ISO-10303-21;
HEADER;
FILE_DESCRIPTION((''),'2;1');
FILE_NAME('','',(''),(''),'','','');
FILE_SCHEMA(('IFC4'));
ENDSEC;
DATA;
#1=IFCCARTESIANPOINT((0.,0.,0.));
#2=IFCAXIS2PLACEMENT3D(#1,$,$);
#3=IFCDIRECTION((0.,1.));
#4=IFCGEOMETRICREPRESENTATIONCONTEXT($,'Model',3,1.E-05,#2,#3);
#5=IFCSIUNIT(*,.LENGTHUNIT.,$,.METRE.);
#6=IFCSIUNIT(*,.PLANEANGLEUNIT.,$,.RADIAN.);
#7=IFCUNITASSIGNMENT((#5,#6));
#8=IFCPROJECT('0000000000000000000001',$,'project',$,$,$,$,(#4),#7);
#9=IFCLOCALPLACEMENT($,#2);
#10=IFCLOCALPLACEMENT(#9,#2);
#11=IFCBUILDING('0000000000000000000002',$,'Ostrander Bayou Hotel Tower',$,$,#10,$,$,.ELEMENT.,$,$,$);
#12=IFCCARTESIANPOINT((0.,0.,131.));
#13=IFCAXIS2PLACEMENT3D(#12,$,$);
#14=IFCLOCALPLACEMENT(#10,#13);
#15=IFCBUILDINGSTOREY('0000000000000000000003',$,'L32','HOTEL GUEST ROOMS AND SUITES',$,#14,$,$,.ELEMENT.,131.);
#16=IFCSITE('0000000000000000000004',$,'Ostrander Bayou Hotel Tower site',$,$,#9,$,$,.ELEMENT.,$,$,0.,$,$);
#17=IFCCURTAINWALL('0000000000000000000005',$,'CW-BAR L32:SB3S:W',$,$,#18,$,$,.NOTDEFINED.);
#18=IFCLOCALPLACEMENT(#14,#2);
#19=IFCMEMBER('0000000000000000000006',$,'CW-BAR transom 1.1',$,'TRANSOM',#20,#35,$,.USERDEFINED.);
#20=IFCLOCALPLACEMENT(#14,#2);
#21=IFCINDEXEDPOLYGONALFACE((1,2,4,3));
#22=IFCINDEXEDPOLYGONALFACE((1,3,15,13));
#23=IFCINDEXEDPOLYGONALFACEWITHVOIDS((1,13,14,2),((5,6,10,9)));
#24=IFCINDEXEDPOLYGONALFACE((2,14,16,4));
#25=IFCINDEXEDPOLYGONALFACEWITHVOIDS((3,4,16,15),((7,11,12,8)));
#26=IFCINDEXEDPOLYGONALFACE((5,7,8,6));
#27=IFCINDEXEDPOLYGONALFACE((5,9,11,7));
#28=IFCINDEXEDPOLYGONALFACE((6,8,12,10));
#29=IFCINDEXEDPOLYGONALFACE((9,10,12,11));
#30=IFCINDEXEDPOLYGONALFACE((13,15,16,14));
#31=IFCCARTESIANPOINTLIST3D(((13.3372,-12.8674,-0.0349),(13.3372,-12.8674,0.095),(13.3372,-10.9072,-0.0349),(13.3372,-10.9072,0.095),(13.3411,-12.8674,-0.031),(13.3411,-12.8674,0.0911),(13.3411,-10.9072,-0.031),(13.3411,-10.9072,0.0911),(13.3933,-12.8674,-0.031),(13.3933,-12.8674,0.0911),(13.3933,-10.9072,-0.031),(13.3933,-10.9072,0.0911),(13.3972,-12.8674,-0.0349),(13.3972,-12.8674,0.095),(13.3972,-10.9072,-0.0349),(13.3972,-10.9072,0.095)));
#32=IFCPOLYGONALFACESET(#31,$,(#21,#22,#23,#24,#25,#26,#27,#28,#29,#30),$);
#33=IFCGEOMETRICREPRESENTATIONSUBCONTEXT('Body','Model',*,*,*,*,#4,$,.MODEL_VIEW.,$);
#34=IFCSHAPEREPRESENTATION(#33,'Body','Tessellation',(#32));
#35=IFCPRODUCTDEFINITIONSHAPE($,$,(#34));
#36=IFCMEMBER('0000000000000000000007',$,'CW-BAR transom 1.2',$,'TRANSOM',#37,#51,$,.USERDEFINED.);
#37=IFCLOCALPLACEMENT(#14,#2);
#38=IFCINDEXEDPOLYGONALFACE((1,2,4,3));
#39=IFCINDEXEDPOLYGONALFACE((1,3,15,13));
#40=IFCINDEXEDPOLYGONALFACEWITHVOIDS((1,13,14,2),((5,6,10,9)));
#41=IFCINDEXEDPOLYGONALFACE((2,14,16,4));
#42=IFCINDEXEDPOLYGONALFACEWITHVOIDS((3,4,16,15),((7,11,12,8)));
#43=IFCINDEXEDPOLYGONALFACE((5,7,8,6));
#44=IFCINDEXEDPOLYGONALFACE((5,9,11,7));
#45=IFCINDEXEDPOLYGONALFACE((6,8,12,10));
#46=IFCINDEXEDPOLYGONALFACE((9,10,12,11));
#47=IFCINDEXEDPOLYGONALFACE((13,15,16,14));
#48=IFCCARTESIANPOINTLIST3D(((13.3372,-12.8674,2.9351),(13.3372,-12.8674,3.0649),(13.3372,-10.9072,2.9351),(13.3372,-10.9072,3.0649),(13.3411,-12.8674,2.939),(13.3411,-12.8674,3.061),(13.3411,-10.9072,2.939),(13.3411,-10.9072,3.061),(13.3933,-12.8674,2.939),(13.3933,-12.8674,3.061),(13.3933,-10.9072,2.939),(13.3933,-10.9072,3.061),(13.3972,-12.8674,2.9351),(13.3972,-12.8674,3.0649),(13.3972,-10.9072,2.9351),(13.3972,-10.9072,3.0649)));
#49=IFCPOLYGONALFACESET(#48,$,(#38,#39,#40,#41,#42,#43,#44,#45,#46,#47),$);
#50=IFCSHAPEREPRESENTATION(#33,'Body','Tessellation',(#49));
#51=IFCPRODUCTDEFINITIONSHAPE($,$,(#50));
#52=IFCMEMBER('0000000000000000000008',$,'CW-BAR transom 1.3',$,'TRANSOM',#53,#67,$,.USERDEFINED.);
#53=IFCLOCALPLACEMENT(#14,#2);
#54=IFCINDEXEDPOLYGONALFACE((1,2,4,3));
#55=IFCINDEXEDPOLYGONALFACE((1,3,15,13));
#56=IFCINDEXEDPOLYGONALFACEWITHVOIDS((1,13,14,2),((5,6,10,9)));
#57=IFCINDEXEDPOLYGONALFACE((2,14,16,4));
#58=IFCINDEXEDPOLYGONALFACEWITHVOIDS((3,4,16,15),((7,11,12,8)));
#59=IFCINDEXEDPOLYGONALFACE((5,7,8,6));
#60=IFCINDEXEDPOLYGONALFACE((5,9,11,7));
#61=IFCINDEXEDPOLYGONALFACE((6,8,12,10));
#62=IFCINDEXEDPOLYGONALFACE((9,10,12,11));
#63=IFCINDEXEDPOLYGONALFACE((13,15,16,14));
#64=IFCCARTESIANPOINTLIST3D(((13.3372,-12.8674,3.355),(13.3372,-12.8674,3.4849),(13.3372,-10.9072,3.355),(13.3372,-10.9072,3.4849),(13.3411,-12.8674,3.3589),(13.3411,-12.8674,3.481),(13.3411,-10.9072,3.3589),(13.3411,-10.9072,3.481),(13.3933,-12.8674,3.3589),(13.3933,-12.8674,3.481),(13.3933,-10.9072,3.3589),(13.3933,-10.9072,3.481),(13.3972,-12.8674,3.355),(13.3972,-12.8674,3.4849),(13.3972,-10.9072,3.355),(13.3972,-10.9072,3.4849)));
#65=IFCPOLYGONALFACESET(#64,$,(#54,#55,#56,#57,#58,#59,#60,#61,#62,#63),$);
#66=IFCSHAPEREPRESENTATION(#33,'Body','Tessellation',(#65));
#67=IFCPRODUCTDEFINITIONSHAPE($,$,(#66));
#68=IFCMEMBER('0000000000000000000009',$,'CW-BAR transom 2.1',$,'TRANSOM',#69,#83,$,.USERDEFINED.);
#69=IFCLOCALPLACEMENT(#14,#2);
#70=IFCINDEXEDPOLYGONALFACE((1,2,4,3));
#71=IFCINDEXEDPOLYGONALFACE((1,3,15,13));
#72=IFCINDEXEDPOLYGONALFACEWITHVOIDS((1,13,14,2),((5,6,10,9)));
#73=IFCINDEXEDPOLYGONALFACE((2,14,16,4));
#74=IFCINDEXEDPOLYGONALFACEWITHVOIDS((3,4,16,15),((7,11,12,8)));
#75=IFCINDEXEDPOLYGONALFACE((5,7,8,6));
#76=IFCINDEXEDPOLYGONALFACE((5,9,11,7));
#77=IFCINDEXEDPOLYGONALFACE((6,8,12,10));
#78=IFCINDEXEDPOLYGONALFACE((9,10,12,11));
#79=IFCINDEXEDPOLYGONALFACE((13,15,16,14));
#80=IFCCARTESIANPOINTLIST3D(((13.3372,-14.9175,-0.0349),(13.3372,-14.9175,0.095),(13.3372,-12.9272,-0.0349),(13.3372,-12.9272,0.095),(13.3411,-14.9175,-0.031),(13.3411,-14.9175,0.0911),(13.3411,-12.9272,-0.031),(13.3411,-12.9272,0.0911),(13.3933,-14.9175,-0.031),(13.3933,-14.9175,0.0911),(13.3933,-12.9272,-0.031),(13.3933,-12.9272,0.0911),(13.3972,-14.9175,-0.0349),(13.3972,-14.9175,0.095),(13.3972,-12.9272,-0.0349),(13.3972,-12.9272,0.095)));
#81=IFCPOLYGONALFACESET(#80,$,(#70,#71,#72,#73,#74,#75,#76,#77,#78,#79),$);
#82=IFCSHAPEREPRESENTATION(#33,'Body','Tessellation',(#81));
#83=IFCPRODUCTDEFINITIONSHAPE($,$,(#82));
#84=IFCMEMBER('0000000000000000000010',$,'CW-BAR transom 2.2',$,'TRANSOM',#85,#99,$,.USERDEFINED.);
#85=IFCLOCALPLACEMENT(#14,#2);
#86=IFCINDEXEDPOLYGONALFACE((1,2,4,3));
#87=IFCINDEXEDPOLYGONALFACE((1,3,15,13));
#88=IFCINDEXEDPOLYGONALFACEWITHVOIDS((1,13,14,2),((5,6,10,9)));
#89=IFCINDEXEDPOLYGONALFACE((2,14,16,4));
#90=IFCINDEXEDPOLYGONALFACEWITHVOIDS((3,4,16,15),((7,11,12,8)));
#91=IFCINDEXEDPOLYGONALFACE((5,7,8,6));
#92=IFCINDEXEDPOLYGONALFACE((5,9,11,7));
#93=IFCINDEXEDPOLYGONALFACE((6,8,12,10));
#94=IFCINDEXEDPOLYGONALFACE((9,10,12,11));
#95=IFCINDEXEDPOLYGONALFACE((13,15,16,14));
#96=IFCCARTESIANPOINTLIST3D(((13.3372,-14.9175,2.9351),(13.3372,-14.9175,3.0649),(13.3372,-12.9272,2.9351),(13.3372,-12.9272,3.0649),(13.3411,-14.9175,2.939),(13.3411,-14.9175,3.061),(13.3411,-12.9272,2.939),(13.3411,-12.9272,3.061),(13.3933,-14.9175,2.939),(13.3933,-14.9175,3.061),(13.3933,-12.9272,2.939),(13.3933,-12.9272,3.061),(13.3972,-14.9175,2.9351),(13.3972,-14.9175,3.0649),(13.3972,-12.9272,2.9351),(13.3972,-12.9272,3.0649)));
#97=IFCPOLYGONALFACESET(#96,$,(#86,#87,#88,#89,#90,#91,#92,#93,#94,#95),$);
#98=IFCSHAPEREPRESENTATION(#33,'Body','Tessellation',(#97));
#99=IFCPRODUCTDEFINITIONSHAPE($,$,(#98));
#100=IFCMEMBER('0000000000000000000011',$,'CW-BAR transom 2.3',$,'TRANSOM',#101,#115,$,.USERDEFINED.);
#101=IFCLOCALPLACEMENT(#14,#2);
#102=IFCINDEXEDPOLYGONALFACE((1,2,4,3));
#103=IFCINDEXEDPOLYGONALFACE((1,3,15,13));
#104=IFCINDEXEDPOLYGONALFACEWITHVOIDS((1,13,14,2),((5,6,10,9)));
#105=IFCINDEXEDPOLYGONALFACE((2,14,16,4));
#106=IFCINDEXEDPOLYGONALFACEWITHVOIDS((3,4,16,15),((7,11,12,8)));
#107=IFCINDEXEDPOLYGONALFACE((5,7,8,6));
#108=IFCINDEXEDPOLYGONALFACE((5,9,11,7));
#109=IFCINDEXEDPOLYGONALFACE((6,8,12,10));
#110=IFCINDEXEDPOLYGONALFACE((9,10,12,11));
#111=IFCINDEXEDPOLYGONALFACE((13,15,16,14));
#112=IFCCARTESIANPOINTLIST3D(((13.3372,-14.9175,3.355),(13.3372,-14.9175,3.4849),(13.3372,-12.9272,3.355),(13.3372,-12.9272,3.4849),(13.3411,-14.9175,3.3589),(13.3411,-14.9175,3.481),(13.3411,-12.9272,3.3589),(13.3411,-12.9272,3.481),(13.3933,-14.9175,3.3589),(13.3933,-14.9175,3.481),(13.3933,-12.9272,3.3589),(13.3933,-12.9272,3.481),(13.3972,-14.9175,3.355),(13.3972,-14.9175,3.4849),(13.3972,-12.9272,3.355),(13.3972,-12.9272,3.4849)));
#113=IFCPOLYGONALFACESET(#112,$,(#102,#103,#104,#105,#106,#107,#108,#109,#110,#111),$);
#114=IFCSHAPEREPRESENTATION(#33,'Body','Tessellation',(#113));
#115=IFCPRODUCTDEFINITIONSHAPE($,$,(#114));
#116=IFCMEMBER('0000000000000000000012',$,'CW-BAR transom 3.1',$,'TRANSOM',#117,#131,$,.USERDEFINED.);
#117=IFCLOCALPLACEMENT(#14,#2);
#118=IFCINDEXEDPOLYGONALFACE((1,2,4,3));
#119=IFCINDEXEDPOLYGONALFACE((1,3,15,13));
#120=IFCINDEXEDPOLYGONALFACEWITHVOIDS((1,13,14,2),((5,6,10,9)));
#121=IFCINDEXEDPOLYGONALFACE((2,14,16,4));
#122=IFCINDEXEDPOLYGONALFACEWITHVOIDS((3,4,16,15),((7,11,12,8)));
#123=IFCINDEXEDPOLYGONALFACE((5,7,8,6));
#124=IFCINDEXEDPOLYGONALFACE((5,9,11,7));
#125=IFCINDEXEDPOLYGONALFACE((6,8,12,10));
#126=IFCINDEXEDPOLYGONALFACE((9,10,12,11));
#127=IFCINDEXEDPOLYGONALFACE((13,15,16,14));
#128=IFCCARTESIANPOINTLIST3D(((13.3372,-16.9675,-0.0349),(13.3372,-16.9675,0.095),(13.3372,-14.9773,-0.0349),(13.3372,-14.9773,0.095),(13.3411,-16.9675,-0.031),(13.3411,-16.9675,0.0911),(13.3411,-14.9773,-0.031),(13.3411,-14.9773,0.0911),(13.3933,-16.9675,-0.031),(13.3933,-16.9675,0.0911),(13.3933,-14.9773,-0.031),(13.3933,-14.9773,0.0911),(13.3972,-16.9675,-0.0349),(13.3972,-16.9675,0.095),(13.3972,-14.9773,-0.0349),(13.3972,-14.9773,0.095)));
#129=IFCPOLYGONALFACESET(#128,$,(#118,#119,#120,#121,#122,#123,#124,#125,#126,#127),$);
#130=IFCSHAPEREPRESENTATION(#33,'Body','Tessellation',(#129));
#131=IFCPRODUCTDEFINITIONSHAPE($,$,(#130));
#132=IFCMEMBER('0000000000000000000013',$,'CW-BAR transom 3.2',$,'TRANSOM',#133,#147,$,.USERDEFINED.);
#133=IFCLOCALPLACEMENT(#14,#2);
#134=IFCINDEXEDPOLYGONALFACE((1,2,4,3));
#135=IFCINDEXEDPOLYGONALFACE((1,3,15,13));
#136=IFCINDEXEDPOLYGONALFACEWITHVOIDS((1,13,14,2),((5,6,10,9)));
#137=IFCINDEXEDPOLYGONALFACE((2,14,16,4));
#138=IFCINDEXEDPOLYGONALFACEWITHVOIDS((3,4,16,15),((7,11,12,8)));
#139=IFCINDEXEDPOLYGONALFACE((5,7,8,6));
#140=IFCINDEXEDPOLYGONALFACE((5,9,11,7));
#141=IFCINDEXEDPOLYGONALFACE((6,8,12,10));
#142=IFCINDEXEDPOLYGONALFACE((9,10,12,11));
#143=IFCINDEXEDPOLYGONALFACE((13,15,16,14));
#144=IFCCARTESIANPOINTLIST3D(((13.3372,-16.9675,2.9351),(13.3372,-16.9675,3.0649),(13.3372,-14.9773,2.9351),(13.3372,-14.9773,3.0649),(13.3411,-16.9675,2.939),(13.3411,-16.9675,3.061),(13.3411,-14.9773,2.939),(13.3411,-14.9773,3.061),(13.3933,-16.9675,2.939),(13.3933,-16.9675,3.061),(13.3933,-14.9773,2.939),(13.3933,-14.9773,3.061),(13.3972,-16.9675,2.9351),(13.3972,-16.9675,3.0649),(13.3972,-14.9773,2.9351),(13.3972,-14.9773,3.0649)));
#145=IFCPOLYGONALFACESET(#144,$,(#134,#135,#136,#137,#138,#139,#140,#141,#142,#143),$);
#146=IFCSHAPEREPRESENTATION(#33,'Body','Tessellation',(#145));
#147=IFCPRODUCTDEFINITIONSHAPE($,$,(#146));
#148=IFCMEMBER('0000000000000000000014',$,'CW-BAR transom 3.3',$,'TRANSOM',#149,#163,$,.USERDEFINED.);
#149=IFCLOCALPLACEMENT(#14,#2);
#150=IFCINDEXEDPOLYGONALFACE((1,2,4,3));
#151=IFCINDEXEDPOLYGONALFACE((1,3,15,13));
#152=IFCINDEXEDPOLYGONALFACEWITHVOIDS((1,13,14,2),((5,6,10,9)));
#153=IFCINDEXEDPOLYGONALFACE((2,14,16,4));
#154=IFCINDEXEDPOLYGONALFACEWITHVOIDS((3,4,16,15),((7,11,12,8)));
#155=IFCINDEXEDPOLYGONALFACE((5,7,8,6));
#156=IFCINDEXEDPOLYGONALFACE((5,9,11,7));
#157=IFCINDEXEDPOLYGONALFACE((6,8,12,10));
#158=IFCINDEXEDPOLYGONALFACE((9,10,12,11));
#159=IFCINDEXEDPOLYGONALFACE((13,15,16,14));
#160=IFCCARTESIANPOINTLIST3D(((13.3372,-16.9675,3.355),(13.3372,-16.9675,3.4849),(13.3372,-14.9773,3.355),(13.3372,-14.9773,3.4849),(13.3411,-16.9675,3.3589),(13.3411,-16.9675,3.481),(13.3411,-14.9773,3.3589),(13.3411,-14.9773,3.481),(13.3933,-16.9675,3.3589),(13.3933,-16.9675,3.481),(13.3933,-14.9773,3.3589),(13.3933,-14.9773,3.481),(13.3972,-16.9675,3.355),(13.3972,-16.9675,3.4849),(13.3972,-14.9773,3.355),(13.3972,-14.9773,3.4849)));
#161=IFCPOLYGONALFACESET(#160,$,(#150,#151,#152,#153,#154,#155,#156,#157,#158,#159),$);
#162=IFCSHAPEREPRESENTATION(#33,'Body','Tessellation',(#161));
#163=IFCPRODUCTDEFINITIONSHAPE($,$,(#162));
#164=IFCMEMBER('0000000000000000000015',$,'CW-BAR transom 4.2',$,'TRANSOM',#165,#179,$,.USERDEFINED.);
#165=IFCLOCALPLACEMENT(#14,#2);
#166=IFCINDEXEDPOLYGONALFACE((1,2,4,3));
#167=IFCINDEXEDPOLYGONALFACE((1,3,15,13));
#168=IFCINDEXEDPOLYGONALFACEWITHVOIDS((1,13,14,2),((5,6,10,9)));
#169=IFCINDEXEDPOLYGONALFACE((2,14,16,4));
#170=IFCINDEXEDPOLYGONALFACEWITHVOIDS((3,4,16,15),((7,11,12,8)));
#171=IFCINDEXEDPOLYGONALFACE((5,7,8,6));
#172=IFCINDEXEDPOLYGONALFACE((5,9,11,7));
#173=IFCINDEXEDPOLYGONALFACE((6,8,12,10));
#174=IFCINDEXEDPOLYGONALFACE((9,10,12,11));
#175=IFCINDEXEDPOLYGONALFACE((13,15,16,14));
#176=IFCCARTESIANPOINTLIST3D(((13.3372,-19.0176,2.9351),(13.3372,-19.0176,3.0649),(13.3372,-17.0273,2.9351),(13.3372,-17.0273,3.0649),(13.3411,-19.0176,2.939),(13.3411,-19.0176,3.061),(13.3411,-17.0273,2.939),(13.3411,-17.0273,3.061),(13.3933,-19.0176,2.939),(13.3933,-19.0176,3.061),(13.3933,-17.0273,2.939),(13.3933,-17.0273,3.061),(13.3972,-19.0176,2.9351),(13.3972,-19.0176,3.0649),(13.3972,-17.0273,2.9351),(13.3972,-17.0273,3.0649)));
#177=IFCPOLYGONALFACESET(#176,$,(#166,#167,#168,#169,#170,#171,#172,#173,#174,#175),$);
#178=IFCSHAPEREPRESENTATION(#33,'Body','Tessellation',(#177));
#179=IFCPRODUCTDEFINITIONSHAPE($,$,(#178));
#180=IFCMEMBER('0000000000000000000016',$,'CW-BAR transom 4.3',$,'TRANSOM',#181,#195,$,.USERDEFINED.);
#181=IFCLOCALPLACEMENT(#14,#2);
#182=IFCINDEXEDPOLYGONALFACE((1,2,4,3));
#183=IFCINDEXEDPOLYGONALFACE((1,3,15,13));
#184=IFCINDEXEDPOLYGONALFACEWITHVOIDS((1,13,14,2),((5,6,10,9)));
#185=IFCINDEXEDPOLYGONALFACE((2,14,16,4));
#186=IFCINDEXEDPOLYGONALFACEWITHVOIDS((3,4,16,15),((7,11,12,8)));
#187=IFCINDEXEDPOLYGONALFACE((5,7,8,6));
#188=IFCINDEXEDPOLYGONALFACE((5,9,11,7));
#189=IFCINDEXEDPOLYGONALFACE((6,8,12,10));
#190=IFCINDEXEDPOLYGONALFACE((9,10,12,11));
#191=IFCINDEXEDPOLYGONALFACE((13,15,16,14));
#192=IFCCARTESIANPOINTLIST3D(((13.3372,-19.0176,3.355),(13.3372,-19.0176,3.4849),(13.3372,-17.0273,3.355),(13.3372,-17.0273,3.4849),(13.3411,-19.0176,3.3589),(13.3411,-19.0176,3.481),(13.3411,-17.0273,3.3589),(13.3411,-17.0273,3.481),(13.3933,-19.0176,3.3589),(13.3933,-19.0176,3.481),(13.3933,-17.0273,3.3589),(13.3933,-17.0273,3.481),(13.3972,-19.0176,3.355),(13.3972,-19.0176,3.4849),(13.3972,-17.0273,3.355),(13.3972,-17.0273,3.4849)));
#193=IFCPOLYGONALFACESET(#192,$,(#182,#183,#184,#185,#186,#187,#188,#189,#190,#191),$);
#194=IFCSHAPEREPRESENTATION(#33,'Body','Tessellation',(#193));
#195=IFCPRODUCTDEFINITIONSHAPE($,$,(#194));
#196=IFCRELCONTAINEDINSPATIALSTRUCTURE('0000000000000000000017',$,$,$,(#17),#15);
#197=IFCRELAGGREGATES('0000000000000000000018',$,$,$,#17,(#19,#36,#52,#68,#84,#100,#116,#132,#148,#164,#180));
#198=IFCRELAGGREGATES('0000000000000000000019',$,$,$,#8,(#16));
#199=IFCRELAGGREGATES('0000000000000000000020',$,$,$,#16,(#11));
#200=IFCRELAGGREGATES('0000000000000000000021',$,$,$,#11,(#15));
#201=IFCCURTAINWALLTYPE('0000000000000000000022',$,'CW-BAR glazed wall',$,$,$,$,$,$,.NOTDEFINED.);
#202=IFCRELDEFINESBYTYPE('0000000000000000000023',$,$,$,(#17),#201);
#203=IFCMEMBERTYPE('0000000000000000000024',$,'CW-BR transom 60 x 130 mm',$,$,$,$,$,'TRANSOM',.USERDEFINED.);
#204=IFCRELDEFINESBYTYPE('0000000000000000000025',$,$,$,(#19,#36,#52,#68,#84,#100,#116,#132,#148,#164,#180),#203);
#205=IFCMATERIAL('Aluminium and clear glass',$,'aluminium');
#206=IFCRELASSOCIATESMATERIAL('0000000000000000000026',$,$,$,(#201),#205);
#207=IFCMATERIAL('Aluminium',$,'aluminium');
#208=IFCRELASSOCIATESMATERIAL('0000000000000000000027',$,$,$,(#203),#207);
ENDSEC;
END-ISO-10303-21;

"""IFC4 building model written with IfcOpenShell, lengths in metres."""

from ifc_helpers import new_model, si_unit, direction, frame, origin, origin_2d, place, context, subcontext, project, spatial, hollow_rectangle, extrude, material, material_profile, profile_set, type_object, element, aggregate, save


model = new_model("IFC4")

# Units and contexts
model_context = context("Model", 3, precision=1e-05, world=origin(), true_north=direction((0.0, 1.0)))
body_context = subcontext(model_context, "Body", "Model", "MODEL_VIEW")
ifc_project = project(units=[si_unit("LENGTHUNIT", "METRE"), si_unit("PLANEANGLEUNIT", "RADIAN")], contexts=[model_context])

# Site, building, storey
site_placement = place(None, origin())
site = spatial("IfcSite", under=ifc_project, at=site_placement, Name="Ostrander Bayou Hotel Tower site", CompositionType="ELEMENT", RefElevation=0.0)
building_placement = place(site_placement, origin())
building = spatial("IfcBuilding", under=site, at=building_placement, Name="Ostrander Bayou Hotel Tower", CompositionType="ELEMENT")
storey_placement = place(building_placement, frame((0.0, 0.0, 131.0)))
storey = spatial("IfcBuildingStorey", under=building, at=storey_placement, Name="L32", Description="HOTEL GUEST ROOMS AND SUITES", CompositionType="ELEMENT", Elevation=131.0)

# Curtain wall, members
ifc_material_1 = material(Name="Aluminium and clear glass", Category="aluminium")
curtain_wall_type = type_object("IfcCurtainWallType", Name="CW-BAR glazed wall", PredefinedType="NOTDEFINED", material=ifc_material_1)
curtain_wall_placement = place(storey_placement, origin())
curtain_wall = element("IfcCurtainWall", 1, at=curtain_wall_placement, inside=storey, type_object=curtain_wall_type, Name="CW-BAR L32:SB3S:W", PredefinedType="NOTDEFINED")
ifc_material_2 = material(Name="Aluminium", Category="aluminium")
ifc_material_profile = material_profile(ifc_material_2, hollow_rectangle(XDim=0.0601, YDim=0.1299, WallThickness=0.0039, at=origin_2d()))
ifc_profile_set = profile_set([ifc_material_profile], Name="Aluminium")
member_type = type_object("IfcMemberType", Name="CW-BR transom 60 x 130 mm", ElementType="TRANSOM", PredefinedType="USERDEFINED", material=ifc_profile_set)
member_1_placement = place(storey_placement, frame((13.3672, -10.9072, 0.03), z_axis=(0.0, -1.0, 0.0), x_axis=(1.0, 0.0, 0.0)))
member_1 = element("IfcMember", 2, at=member_1_placement, type_object=member_type, Name="CW-BAR transom 1.1", ObjectType="TRANSOM", PredefinedType="USERDEFINED", context=body_context, shape_type="SweptSolid", body=[
    extrude(hollow_rectangle(XDim=0.0601, YDim=0.1299, WallThickness=0.0039, at=origin_2d()), origin(), (0.0, 0.0, 1.0), 1.9602),
])
member_2_placement = place(storey_placement, frame((13.3672, -10.9072, 3.0), z_axis=(0.0, -1.0, 0.0), x_axis=(1.0, 0.0, 0.0)))
member_2 = element("IfcMember", 3, at=member_2_placement, type_object=member_type, Name="CW-BAR transom 1.2", ObjectType="TRANSOM", PredefinedType="USERDEFINED", context=body_context, shape_type="SweptSolid", body=[
    extrude(hollow_rectangle(XDim=0.0601, YDim=0.1299, WallThickness=0.0039, at=origin_2d()), origin(), (0.0, 0.0, 1.0), 1.9602),
])
member_3_placement = place(storey_placement, frame((13.3672, -10.9072, 3.4199), z_axis=(0.0, -1.0, 0.0), x_axis=(1.0, 0.0, 0.0)))
member_3 = element("IfcMember", 4, at=member_3_placement, type_object=member_type, Name="CW-BAR transom 1.3", ObjectType="TRANSOM", PredefinedType="USERDEFINED", context=body_context, shape_type="SweptSolid", body=[
    extrude(hollow_rectangle(XDim=0.0601, YDim=0.1299, WallThickness=0.0039, at=origin_2d()), origin(), (0.0, 0.0, 1.0), 1.9602),
])
member_4_placement = place(storey_placement, frame((13.3672, -12.9272, 0.03), z_axis=(0.0, -1.0, 0.0), x_axis=(1.0, 0.0, 0.0)))
member_4 = element("IfcMember", 5, at=member_4_placement, type_object=member_type, Name="CW-BAR transom 2.1", ObjectType="TRANSOM", PredefinedType="USERDEFINED", context=body_context, shape_type="SweptSolid", body=[
    extrude(hollow_rectangle(XDim=0.0601, YDim=0.1299, WallThickness=0.0039, at=origin_2d()), origin(), (0.0, 0.0, 1.0), 1.9902),
])
member_5_placement = place(storey_placement, frame((13.3672, -12.9272, 3.0), z_axis=(0.0, -1.0, 0.0), x_axis=(1.0, 0.0, 0.0)))
member_5 = element("IfcMember", 6, at=member_5_placement, type_object=member_type, Name="CW-BAR transom 2.2", ObjectType="TRANSOM", PredefinedType="USERDEFINED", context=body_context, shape_type="SweptSolid", body=[
    extrude(hollow_rectangle(XDim=0.0601, YDim=0.1299, WallThickness=0.0039, at=origin_2d()), origin(), (0.0, 0.0, 1.0), 1.9902),
])
member_6_placement = place(storey_placement, frame((13.3672, -12.9272, 3.4199), z_axis=(0.0, -1.0, 0.0), x_axis=(1.0, 0.0, 0.0)))
member_6 = element("IfcMember", 7, at=member_6_placement, type_object=member_type, Name="CW-BAR transom 2.3", ObjectType="TRANSOM", PredefinedType="USERDEFINED", context=body_context, shape_type="SweptSolid", body=[
    extrude(hollow_rectangle(XDim=0.0601, YDim=0.1299, WallThickness=0.0039, at=origin_2d()), origin(), (0.0, 0.0, 1.0), 1.9902),
])
member_7_placement = place(storey_placement, frame((13.3672, -14.9773, 0.03), z_axis=(0.0, -1.0, 0.0), x_axis=(1.0, 0.0, 0.0)))
member_7 = element("IfcMember", 8, at=member_7_placement, type_object=member_type, Name="CW-BAR transom 3.1", ObjectType="TRANSOM", PredefinedType="USERDEFINED", context=body_context, shape_type="SweptSolid", body=[
    extrude(hollow_rectangle(XDim=0.0601, YDim=0.1299, WallThickness=0.0039, at=origin_2d()), origin(), (0.0, 0.0, 1.0), 1.9902),
])
member_8_placement = place(storey_placement, frame((13.3672, -14.9773, 3.0), z_axis=(0.0, -1.0, 0.0), x_axis=(1.0, 0.0, 0.0)))
member_8 = element("IfcMember", 9, at=member_8_placement, type_object=member_type, Name="CW-BAR transom 3.2", ObjectType="TRANSOM", PredefinedType="USERDEFINED", context=body_context, shape_type="SweptSolid", body=[
    extrude(hollow_rectangle(XDim=0.0601, YDim=0.1299, WallThickness=0.0039, at=origin_2d()), origin(), (0.0, 0.0, 1.0), 1.9902),
])
member_9_placement = place(storey_placement, frame((13.3672, -14.9773, 3.4199), z_axis=(0.0, -1.0, 0.0), x_axis=(1.0, 0.0, 0.0)))
member_9 = element("IfcMember", 10, at=member_9_placement, type_object=member_type, Name="CW-BAR transom 3.3", ObjectType="TRANSOM", PredefinedType="USERDEFINED", context=body_context, shape_type="SweptSolid", body=[
    extrude(hollow_rectangle(XDim=0.0601, YDim=0.1299, WallThickness=0.0039, at=origin_2d()), origin(), (0.0, 0.0, 1.0), 1.9902),
])
member_10_placement = place(storey_placement, frame((13.3672, -17.0273, 3.0), z_axis=(0.0, -1.0, 0.0), x_axis=(1.0, 0.0, 0.0)))
member_10 = element("IfcMember", 11, at=member_10_placement, type_object=member_type, Name="CW-BAR transom 4.2", ObjectType="TRANSOM", PredefinedType="USERDEFINED", context=body_context, shape_type="SweptSolid", body=[
    extrude(hollow_rectangle(XDim=0.0601, YDim=0.1299, WallThickness=0.0039, at=origin_2d()), origin(), (0.0, 0.0, 1.0), 1.9902),
])
member_11_placement = place(storey_placement, frame((13.3672, -17.0273, 3.4199), z_axis=(0.0, -1.0, 0.0), x_axis=(1.0, 0.0, 0.0)))
member_11 = element("IfcMember", 12, at=member_11_placement, type_object=member_type, Name="CW-BAR transom 4.3", ObjectType="TRANSOM", PredefinedType="USERDEFINED", context=body_context, shape_type="SweptSolid", body=[
    extrude(hollow_rectangle(XDim=0.0601, YDim=0.1299, WallThickness=0.0039, at=origin_2d()), origin(), (0.0, 0.0, 1.0), 1.9902),
])
aggregate(curtain_wall, [member_1, member_2, member_3, member_4, member_5, member_6, member_7, member_8, member_9, member_10, member_11])

save(model, "model.ifc")
